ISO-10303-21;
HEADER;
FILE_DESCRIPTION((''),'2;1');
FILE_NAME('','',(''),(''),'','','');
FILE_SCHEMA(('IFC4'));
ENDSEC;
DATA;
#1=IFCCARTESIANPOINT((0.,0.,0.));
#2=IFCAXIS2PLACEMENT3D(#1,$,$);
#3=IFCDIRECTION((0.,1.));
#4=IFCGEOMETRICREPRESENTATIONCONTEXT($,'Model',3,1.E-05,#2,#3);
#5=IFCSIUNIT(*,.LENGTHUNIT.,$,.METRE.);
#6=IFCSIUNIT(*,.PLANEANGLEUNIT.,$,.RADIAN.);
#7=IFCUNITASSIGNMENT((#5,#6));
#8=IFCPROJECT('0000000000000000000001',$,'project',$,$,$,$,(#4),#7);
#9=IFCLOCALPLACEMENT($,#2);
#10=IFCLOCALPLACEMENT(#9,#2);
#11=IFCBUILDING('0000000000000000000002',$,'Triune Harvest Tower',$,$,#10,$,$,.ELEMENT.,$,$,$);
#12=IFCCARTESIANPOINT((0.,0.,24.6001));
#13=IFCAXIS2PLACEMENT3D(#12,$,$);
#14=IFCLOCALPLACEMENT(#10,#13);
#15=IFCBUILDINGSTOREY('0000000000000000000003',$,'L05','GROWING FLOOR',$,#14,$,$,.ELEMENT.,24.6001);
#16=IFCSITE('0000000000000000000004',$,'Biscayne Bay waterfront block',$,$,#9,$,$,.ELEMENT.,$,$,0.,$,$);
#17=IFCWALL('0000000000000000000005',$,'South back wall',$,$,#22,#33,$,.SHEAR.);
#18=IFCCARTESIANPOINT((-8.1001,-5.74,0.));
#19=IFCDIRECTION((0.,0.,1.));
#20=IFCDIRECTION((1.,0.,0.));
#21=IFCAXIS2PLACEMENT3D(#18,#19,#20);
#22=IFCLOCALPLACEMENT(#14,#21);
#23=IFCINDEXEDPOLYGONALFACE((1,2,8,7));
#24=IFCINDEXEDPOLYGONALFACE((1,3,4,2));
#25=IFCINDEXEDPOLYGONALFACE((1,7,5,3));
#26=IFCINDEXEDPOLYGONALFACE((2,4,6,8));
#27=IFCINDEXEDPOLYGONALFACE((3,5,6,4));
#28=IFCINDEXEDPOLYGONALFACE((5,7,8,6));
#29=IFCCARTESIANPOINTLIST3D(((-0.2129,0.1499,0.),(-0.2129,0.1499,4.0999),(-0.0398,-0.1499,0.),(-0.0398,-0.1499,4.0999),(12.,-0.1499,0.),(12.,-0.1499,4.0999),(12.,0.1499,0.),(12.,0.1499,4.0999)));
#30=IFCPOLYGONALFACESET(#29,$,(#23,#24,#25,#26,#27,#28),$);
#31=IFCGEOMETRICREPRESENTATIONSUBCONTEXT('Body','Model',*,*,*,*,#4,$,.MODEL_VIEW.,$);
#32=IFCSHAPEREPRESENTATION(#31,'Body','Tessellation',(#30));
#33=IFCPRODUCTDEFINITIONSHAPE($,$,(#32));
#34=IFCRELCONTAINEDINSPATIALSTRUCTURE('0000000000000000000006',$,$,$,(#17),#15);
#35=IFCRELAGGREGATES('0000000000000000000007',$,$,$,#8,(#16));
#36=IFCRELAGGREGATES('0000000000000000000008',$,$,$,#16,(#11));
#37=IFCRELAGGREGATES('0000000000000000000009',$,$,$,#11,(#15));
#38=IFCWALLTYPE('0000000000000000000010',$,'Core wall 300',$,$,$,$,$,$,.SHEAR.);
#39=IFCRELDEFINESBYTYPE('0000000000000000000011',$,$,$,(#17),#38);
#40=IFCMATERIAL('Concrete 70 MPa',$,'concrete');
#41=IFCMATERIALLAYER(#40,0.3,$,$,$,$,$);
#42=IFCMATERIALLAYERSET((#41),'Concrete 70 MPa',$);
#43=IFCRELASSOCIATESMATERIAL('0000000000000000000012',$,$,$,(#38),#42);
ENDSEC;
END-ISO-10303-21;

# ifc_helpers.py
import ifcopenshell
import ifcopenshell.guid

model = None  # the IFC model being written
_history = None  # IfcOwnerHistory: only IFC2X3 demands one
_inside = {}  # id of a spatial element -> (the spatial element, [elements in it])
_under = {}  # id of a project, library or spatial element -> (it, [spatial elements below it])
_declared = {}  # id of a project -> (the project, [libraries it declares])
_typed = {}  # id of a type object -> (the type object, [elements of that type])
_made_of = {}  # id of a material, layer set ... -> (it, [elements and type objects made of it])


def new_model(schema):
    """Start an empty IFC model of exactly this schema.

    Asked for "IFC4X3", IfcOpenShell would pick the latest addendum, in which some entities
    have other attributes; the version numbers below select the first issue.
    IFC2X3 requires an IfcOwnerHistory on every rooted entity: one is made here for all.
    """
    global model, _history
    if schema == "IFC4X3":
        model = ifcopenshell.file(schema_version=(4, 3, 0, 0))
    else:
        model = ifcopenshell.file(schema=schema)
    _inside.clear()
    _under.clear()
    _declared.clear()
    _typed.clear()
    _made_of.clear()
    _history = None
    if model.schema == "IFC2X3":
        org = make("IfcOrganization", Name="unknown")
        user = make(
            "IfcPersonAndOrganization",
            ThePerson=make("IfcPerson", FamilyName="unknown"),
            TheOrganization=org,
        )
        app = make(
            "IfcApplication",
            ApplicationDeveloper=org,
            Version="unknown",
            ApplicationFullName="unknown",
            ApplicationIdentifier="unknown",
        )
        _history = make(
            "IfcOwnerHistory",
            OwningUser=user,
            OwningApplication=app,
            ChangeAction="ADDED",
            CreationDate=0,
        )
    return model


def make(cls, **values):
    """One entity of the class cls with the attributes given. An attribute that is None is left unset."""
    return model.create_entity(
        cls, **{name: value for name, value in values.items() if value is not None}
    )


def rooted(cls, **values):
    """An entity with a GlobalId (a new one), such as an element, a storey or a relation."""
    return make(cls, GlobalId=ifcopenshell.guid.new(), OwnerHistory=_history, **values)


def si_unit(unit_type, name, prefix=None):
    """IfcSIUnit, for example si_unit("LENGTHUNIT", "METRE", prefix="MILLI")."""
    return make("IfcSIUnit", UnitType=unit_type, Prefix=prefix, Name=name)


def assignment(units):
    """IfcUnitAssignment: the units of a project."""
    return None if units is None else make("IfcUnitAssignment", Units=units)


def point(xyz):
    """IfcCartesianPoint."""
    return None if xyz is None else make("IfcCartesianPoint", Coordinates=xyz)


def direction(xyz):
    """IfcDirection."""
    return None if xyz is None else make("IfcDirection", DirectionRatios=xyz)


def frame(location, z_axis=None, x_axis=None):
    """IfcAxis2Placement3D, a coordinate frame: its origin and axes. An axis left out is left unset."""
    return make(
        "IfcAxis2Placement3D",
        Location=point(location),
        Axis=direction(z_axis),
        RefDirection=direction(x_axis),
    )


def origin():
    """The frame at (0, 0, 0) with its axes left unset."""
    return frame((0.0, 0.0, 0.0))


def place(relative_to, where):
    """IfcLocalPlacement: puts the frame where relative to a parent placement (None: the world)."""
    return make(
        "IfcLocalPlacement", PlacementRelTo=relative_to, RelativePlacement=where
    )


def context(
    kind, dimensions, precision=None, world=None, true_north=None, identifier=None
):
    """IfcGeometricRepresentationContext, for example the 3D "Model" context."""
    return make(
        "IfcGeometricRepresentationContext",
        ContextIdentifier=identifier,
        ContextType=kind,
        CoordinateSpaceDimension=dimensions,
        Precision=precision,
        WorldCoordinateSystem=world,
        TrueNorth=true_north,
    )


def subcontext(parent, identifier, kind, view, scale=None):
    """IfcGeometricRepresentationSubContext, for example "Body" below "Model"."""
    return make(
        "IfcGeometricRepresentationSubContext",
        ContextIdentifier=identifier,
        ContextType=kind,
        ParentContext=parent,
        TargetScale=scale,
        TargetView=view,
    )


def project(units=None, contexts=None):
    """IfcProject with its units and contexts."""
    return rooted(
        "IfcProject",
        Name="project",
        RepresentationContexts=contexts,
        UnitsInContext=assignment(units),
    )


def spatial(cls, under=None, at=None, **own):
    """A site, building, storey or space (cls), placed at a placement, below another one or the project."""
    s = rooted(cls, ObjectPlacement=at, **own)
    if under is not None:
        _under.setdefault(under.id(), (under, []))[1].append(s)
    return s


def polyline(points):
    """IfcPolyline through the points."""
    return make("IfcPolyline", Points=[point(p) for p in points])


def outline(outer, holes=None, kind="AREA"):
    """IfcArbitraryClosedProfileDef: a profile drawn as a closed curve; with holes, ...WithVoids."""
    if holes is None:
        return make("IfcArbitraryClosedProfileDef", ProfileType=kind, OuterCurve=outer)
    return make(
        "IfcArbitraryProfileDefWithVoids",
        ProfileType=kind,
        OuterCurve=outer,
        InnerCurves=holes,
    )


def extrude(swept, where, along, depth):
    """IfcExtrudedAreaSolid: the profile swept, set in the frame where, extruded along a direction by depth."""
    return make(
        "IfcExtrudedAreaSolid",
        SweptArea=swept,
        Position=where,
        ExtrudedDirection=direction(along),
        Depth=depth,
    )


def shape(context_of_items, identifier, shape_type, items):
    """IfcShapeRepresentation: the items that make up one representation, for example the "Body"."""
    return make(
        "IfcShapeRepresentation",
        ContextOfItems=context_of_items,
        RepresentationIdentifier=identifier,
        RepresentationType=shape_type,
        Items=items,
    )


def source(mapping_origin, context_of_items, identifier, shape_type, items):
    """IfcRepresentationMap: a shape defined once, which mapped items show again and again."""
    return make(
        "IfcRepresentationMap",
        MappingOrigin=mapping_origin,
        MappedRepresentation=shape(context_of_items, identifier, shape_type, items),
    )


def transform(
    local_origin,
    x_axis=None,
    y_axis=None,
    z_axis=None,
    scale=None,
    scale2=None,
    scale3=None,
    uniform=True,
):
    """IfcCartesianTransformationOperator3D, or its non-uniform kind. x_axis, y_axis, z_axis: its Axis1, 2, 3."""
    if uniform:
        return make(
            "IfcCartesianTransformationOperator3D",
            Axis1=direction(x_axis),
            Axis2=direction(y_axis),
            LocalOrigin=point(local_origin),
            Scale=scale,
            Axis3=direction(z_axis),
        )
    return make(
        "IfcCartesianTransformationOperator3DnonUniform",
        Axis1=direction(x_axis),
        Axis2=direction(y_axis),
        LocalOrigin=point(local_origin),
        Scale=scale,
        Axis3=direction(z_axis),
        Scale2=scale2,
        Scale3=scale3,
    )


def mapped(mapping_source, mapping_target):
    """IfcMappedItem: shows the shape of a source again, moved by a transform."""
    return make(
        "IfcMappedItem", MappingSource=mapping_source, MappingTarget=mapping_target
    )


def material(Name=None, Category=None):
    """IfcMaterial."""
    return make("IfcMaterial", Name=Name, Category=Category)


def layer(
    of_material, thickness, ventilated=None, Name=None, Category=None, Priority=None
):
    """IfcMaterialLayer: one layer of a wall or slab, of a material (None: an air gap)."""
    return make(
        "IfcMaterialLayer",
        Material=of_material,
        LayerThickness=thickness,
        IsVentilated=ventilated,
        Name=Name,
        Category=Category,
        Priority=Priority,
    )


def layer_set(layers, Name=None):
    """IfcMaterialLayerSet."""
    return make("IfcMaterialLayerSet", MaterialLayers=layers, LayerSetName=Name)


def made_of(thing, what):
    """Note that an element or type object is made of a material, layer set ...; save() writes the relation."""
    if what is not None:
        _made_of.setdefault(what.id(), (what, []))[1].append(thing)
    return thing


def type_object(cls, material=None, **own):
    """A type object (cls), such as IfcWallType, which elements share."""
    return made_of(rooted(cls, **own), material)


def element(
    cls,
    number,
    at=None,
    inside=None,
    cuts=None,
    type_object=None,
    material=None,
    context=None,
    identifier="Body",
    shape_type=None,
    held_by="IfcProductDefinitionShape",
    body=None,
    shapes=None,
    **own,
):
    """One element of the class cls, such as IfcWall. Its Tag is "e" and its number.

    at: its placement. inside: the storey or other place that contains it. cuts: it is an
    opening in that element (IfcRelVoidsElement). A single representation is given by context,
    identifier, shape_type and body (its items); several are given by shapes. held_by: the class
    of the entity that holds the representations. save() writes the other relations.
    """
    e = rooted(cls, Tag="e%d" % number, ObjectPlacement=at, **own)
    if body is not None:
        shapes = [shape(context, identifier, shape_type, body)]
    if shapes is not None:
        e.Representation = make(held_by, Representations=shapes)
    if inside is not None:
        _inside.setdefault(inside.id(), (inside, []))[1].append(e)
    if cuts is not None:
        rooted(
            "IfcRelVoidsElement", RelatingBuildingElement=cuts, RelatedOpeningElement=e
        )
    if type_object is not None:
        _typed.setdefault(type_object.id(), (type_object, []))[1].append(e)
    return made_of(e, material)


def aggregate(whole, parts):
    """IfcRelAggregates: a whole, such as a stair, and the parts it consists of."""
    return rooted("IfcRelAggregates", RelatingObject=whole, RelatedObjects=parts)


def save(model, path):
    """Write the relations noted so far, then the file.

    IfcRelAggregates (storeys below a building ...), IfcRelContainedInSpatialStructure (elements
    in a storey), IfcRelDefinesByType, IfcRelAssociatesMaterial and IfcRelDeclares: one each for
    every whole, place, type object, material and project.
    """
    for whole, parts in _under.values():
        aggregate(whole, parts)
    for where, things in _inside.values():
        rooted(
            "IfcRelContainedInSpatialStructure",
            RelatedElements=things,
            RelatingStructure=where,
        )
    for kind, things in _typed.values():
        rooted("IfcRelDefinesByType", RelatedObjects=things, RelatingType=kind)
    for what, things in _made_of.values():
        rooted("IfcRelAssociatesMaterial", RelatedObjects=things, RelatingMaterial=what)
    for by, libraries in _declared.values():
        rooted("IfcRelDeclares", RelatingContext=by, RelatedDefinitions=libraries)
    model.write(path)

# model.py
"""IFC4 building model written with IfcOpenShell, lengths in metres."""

from ifc_helpers import new_model, si_unit, direction, frame, origin, place, context, subcontext, project, spatial, polyline, outline, extrude, source, transform, mapped, material, layer, layer_set, type_object, element, save


model = new_model("IFC4")

# Units and contexts
model_context = context("Model", 3, precision=1e-05, world=origin(), true_north=direction((0.0, 1.0)))
body_context = subcontext(model_context, "Body", "Model", "MODEL_VIEW")
ifc_project = project(units=[si_unit("LENGTHUNIT", "METRE"), si_unit("PLANEANGLEUNIT", "RADIAN")], contexts=[model_context])

# Site, building, storey
site_placement = place(None, origin())
site = spatial("IfcSite", under=ifc_project, at=site_placement, Name="Biscayne Bay waterfront block", CompositionType="ELEMENT", RefElevation=0.0)
building_placement = place(site_placement, origin())
building = spatial("IfcBuilding", under=site, at=building_placement, Name="Triune Harvest Tower", CompositionType="ELEMENT")
storey_placement = place(building_placement, frame((0.0, 0.0, 24.6001)))
storey = spatial("IfcBuildingStorey", under=building, at=storey_placement, Name="L05", Description="GROWING FLOOR", CompositionType="ELEMENT", Elevation=24.6001)

# Wall
ifc_material_1 = material(Name="Concrete 70 MPa", Category="concrete")
ifc_layer_1 = layer(ifc_material_1, 0.3)
ifc_layer_set_1 = layer_set([ifc_layer_1], Name="Concrete 70 MPa")
wall_type_1 = type_object("IfcWallType", Name="Core wall 300", PredefinedType="SHEAR", material=ifc_layer_set_1)
shared_shape_1 = source(origin(), body_context, "Body", "SweptSolid", [
    extrude(outline(polyline([(12.0, -0.1499), (-0.0398, -0.1499), (-0.2129, 0.1499), (12.0, 0.1499), (12.0, -0.1499)])), origin(), (0.0, 0.0, 1.0), 4.0999),
])
wall_1_placement = place(storey_placement, frame((-8.1001, -5.74, 0.0), z_axis=(0.0, 0.0, 1.0), x_axis=(1.0, 0.0, 0.0)))
element("IfcWall", 1, at=wall_1_placement, inside=storey, type_object=wall_type_1, Name="South back wall", PredefinedType="SHEAR", context=body_context, shape_type="MappedRepresentation", body=[
    mapped(shared_shape_1, transform((0.0, 0.0, 0.0), scale=1.0)),
])

save(model, "model.ifc")
